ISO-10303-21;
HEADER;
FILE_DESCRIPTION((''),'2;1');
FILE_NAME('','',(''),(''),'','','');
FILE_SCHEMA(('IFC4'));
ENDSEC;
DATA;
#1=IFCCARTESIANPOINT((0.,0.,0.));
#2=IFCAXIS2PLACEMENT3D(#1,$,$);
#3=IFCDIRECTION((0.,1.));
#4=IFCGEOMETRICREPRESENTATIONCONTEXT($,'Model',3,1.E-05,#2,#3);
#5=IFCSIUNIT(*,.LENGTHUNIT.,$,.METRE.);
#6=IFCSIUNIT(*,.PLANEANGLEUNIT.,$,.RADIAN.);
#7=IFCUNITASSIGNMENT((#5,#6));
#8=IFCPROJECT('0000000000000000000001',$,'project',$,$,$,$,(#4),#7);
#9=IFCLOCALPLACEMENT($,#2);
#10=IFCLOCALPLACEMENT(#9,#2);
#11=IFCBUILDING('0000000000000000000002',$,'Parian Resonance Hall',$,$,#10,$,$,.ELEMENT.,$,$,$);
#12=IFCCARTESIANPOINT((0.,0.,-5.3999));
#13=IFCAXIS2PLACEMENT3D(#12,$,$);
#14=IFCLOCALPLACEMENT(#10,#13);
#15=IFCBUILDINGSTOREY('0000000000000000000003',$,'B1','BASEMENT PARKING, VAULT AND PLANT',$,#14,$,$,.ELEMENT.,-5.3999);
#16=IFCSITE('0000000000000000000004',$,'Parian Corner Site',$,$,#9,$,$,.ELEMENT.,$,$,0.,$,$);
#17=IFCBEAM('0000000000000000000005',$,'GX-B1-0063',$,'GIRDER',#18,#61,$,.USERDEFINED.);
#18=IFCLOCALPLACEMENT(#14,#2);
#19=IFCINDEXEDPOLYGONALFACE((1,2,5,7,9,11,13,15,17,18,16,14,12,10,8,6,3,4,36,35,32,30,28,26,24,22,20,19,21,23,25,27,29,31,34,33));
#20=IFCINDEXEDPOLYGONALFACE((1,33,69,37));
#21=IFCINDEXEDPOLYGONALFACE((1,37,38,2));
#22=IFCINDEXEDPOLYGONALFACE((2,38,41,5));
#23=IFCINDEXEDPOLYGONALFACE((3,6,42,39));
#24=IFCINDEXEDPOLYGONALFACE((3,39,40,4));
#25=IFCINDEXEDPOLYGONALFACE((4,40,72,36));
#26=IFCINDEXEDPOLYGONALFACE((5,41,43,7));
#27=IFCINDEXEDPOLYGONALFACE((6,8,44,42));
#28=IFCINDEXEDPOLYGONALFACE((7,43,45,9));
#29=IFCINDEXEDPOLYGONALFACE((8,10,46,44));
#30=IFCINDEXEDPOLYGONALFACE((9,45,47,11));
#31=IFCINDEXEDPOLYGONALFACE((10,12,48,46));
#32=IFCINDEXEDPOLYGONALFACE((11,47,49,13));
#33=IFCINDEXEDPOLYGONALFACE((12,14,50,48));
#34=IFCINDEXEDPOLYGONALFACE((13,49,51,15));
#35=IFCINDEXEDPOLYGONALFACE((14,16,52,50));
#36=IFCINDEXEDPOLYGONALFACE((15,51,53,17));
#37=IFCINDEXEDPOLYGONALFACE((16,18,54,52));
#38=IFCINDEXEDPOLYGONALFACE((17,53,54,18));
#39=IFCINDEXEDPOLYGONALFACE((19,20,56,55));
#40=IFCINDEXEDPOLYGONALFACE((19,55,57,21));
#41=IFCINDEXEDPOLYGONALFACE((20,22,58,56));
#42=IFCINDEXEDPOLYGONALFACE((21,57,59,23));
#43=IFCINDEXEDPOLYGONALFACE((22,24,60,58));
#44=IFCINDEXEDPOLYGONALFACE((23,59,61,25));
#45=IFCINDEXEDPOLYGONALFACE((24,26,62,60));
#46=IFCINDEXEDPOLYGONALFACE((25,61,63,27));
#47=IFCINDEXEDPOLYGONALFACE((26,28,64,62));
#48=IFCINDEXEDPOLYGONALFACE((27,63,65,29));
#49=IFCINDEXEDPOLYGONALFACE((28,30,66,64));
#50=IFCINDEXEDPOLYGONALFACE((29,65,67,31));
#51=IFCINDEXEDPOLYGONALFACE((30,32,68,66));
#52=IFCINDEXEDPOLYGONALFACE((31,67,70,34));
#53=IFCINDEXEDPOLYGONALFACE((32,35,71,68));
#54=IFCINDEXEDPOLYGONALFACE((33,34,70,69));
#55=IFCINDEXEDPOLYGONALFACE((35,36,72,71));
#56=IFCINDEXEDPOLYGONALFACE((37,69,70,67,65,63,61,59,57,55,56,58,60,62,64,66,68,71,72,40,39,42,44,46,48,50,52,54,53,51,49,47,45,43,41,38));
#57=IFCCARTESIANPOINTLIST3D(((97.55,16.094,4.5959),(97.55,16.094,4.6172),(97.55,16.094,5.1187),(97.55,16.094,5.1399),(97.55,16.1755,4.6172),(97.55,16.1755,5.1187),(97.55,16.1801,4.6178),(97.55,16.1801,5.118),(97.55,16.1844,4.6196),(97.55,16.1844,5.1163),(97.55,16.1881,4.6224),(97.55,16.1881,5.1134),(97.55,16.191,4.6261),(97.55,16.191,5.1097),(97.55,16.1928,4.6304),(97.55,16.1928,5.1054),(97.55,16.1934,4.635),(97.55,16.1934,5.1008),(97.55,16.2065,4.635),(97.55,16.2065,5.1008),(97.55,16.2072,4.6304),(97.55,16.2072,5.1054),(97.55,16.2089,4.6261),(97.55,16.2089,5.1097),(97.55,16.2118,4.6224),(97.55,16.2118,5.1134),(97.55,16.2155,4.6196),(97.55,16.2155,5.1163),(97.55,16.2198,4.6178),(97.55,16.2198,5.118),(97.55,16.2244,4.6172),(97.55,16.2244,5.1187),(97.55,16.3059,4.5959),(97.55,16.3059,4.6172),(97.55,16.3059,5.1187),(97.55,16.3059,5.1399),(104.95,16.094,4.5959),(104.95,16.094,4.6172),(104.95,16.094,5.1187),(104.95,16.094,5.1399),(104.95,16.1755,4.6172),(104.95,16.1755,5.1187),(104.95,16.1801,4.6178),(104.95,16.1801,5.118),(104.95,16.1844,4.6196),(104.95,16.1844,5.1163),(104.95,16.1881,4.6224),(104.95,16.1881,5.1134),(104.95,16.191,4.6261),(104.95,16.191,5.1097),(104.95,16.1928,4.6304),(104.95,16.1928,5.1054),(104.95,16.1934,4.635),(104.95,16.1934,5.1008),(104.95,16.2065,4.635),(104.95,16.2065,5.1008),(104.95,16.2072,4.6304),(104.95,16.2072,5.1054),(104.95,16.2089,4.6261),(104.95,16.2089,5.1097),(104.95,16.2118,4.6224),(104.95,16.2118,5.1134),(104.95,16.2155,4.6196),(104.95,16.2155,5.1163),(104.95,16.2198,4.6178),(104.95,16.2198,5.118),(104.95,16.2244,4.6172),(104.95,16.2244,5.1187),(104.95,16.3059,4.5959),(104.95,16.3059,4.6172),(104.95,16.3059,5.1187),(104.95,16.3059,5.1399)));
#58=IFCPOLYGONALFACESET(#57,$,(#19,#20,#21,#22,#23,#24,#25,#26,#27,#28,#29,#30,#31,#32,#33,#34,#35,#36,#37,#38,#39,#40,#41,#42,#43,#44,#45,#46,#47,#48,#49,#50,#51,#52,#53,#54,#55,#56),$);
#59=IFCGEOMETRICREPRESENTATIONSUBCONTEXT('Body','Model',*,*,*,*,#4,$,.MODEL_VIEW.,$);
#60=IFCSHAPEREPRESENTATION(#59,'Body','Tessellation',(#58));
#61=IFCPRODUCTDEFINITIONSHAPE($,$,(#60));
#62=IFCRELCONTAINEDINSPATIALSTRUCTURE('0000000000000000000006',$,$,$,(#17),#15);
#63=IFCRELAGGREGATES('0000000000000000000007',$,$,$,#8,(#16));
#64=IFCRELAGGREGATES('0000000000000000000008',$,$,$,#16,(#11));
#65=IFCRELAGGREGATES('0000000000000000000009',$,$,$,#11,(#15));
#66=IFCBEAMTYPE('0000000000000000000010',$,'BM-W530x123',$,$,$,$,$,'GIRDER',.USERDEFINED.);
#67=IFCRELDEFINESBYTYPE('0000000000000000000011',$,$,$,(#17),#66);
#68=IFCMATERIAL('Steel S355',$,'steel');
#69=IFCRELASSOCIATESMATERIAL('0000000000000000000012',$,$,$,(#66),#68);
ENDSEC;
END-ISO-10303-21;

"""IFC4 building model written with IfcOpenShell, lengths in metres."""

from ifc_helpers import new_model, si_unit, direction, frame, origin, origin_2d, place, context, subcontext, project, spatial, i_section, extrude, material, material_profile, profile_set, type_object, element, save


model = new_model("IFC4")

# Units and contexts
model_context = context("Model", 3, precision=1e-05, world=origin(), true_north=direction((0.0, 1.0)))
body_context = subcontext(model_context, "Body", "Model", "MODEL_VIEW")
ifc_project = project(units=[si_unit("LENGTHUNIT", "METRE"), si_unit("PLANEANGLEUNIT", "RADIAN")], contexts=[model_context])

# Site, building, storey
site_placement = place(None, origin())
site = spatial("IfcSite", under=ifc_project, at=site_placement, Name="Parian Corner Site", CompositionType="ELEMENT", RefElevation=0.0)
building_placement = place(site_placement, origin())
building = spatial("IfcBuilding", under=site, at=building_placement, Name="Parian Resonance Hall", CompositionType="ELEMENT")
storey_placement = place(building_placement, frame((0.0, 0.0, -5.3999)))
storey = spatial("IfcBuildingStorey", under=building, at=storey_placement, Name="B1", Description="BASEMENT PARKING, VAULT AND PLANT", CompositionType="ELEMENT", Elevation=-5.3999)

# Beam
ifc_material_1 = material(Name="Steel S355", Category="steel")
ifc_material_profile_1 = material_profile(ifc_material_1, i_section(OverallWidth=0.2119, OverallDepth=0.5439, WebThickness=0.0132, FlangeThickness=0.0212, FilletRadius=0.0178, at=origin_2d()), Name="W530x123")
ifc_profile_set_1 = profile_set([ifc_material_profile_1], Name="Steel S355")
beam_type_1 = type_object("IfcBeamType", Name="BM-W530x123", ElementType="GIRDER", PredefinedType="USERDEFINED", material=ifc_profile_set_1)
beam_1_placement = place(storey_placement, frame((97.55, 16.2, 4.8679), z_axis=(1.0, 0.0, 0.0), x_axis=(0.0, 1.0, 0.0)))
element("IfcBeam", 1, at=beam_1_placement, inside=storey, type_object=beam_type_1, Name="GX-B1-0063", ObjectType="GIRDER", PredefinedType="USERDEFINED", context=body_context, shape_type="SweptSolid", body=[
    extrude(i_section(OverallWidth=0.2119, OverallDepth=0.5439, WebThickness=0.0132, FlangeThickness=0.0212, FilletRadius=0.0178, at=origin_2d()), origin(), (0.0, 0.0, 1.0), 7.3999),
])

save(model, "model.ifc")
